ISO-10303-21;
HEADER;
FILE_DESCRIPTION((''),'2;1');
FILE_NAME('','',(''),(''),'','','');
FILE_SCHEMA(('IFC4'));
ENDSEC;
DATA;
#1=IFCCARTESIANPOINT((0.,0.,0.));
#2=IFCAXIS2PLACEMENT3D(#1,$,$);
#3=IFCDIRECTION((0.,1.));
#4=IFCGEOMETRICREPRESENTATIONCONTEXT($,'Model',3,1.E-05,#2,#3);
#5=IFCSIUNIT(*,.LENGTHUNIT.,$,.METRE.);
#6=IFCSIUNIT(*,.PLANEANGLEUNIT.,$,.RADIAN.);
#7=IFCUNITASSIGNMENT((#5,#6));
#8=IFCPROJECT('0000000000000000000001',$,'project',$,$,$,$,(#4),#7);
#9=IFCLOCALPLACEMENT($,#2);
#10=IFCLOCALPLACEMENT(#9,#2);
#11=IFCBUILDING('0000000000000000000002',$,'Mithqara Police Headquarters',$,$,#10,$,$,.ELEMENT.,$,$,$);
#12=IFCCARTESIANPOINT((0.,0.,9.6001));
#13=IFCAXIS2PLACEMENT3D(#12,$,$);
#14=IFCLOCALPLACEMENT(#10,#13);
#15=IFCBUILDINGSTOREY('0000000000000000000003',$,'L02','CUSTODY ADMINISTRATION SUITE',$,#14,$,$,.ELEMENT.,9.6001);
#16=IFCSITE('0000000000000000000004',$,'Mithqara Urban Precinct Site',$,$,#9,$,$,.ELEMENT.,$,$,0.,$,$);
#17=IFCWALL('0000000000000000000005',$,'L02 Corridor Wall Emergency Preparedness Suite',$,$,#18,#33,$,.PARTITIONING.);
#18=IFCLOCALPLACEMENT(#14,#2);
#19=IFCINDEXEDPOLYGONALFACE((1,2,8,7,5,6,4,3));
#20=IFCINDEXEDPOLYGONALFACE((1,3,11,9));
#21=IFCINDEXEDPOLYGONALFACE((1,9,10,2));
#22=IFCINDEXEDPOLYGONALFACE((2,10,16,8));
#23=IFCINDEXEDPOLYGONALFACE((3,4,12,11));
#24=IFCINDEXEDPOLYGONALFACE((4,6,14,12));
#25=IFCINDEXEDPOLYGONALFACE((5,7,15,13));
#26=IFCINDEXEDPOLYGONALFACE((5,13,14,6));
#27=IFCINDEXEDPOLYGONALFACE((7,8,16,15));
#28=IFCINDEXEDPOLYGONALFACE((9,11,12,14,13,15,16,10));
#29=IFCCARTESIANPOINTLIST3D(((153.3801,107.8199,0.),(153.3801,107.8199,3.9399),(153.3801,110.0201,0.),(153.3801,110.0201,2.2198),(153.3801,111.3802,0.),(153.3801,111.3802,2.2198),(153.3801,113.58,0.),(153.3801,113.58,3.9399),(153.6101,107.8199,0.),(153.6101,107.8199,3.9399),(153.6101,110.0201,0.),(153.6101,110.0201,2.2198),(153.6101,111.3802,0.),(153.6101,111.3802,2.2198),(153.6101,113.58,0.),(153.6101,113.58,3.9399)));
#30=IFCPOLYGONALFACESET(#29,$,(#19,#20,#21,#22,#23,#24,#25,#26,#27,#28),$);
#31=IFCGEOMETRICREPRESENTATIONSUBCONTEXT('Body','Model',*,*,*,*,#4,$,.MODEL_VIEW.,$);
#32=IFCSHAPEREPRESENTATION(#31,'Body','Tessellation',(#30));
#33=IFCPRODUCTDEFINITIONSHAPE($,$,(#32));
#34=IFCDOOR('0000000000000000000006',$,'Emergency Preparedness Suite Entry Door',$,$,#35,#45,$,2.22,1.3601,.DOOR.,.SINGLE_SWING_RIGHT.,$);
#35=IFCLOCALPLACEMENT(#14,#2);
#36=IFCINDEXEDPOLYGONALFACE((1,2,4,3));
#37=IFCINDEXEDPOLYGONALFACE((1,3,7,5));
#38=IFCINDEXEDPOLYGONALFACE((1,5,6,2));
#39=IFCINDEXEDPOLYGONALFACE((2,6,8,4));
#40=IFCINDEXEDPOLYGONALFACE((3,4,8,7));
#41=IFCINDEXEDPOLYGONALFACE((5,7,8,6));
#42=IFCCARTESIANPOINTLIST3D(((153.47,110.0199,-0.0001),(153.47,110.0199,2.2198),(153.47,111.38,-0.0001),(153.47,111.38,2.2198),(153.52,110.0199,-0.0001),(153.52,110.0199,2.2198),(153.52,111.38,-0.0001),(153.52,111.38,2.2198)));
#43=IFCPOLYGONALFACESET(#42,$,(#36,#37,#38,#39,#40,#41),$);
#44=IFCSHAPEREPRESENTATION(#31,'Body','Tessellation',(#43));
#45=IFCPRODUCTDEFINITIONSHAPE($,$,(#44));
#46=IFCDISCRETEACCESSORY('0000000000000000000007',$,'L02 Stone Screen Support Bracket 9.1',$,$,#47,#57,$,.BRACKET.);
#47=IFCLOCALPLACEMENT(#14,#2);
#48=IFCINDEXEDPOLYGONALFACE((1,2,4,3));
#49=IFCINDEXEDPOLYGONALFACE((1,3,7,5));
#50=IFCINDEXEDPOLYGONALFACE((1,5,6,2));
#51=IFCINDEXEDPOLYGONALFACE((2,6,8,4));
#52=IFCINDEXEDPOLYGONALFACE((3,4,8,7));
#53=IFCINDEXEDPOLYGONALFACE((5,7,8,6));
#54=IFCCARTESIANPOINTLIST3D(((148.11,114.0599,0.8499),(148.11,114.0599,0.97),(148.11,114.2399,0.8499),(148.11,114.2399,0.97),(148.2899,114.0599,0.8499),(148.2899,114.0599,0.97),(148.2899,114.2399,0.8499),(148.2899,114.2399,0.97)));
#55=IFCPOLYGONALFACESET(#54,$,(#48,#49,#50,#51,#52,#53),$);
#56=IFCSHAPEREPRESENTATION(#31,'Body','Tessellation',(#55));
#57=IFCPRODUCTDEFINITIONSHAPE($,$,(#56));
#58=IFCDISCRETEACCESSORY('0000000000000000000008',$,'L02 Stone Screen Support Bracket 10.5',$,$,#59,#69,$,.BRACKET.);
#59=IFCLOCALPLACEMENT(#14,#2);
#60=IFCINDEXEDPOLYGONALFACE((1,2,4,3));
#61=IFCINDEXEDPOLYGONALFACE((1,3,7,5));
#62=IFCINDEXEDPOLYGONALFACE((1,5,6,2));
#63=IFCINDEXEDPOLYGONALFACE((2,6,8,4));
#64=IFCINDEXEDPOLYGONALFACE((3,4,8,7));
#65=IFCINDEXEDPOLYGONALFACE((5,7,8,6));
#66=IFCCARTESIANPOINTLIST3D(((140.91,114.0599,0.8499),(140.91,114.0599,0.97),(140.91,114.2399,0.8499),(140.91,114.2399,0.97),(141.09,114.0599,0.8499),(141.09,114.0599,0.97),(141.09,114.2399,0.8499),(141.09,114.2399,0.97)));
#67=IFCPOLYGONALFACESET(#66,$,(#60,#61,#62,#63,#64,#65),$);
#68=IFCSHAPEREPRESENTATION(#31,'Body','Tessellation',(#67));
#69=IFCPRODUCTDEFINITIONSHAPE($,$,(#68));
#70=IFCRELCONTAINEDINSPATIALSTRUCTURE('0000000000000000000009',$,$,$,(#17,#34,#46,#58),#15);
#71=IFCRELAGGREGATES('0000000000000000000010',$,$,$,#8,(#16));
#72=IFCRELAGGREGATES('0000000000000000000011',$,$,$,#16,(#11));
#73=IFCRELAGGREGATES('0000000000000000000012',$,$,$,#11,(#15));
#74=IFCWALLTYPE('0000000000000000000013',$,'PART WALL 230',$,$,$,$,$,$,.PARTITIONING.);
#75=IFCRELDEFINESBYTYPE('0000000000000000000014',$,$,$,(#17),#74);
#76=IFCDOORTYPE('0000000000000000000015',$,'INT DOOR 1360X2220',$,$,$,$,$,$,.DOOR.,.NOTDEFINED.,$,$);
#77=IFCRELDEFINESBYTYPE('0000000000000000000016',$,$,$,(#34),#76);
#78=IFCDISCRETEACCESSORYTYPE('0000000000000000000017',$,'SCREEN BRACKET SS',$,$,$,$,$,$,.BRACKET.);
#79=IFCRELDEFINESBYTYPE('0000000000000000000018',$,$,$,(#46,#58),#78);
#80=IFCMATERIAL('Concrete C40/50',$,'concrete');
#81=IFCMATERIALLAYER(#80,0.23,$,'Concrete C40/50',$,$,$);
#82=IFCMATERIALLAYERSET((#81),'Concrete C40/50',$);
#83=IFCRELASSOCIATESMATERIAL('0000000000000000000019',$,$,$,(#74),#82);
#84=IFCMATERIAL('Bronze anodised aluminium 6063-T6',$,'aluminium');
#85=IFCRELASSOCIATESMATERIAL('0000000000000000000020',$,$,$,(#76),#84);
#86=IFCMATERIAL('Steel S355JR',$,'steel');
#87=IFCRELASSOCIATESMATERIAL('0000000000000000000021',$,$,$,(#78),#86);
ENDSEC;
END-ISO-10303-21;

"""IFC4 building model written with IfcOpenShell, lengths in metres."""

from ifc_helpers import new_model, si_unit, direction, frame, frame_2d, origin, origin_2d, place, context, subcontext, project, spatial, rectangle, extrude, material, layer, layer_set, type_object, element, fill, save


model = new_model("IFC4")

# Units and contexts
model_context = context("Model", 3, precision=1e-05, world=origin(), true_north=direction((0.0, 1.0)))
body_context = subcontext(model_context, "Body", "Model", "MODEL_VIEW")
ifc_project = project(units=[si_unit("LENGTHUNIT", "METRE"), si_unit("PLANEANGLEUNIT", "RADIAN")], contexts=[model_context])

# Site, building, storey
site_placement = place(None, origin())
site = spatial("IfcSite", under=ifc_project, at=site_placement, Name="Mithqara Urban Precinct Site", CompositionType="ELEMENT", RefElevation=0.0)
building_placement = place(site_placement, origin())
building = spatial("IfcBuilding", under=site, at=building_placement, Name="Mithqara Police Headquarters", CompositionType="ELEMENT")
storey_placement = place(building_placement, frame((0.0, 0.0, 9.6001)))
storey = spatial("IfcBuildingStorey", under=building, at=storey_placement, Name="L02", Description="CUSTODY ADMINISTRATION SUITE", CompositionType="ELEMENT", Elevation=9.6001)

# Shared definitions
ifc_material_1 = material(Name="Steel S355JR", Category="steel")
ifc_material_2 = material(Name="Concrete C40/50", Category="concrete")

# Shared definitions
ifc_layer_1 = layer(ifc_material_2, 0.23, Name="Concrete C40/50")
ifc_layer_set_1 = layer_set([ifc_layer_1], Name="Concrete C40/50")
wall_type_1 = type_object("IfcWallType", Name="PART WALL 230", PredefinedType="PARTITIONING", material=ifc_layer_set_1)

# Wall, opening, door
wall_1_placement = place(storey_placement, frame((153.4951, 107.8201, 0.0), z_axis=(0.0, 0.0, 1.0), x_axis=(0.0, 1.0, 0.0)))
wall_1 = element("IfcWall", 1, at=wall_1_placement, inside=storey, type_object=wall_type_1, Name="L02 Corridor Wall Emergency Preparedness Suite", PredefinedType="PARTITIONING", context=body_context, shape_type="SweptSolid", body=[
    extrude(rectangle(XDim=5.76, YDim=0.23, at=frame_2d((2.8799, 0.0))), origin(), (0.0, 0.0, 1.0), 3.9399),
])
opening_1_placement = place(wall_1_placement, frame((2.2, 0.0, 0.0)))
opening_1 = element("IfcOpeningElement", 2, at=opening_1_placement, cuts=wall_1, PredefinedType="OPENING", context=body_context, shape_type="SweptSolid", body=[
    extrude(rectangle(XDim=1.3601, YDim=2.22, at=frame_2d((0.6802, 1.1099))), frame((0.0, 0.125, 0.0), z_axis=(0.0, -1.0, 0.0), x_axis=(1.0, 0.0, 0.0)), (0.0, 0.0, 1.0), 0.25),
])
ifc_material_3 = material(Name="Bronze anodised aluminium 6063-T6", Category="aluminium")
door_type = type_object("IfcDoorType", Name="INT DOOR 1360X2220", OperationType="NOTDEFINED", PredefinedType="DOOR", material=ifc_material_3)
door_placement = place(opening_1_placement, frame((1.3601, 0.0, 0.0), z_axis=(0.0, 0.0, 1.0), x_axis=(-1.0, 0.0, 0.0)))
door = element("IfcDoor", 3, at=door_placement, inside=storey, type_object=door_type, Name="Emergency Preparedness Suite Entry Door", OperationType="SINGLE_SWING_RIGHT", OverallHeight=2.22, OverallWidth=1.3601, PredefinedType="DOOR", context=body_context, shape_type="SweptSolid", body=[
    extrude(rectangle(XDim=1.3601, YDim=2.22, at=frame_2d((0.6802, 1.1099))), frame((0.0, 0.0249, 0.0), z_axis=(0.0, -1.0, 0.0), x_axis=(1.0, 0.0, 0.0)), (0.0, 0.0, 1.0), 0.05),
])
fill(opening_1, door)

# Discrete accessories
discrete_accessory_type = type_object("IfcDiscreteAccessoryType", Name="SCREEN BRACKET SS", PredefinedType="BRACKET", material=ifc_material_1)
for number, where, z_axis, x_axis, name in (
    (4, (148.2, 114.1499, 0.8499), (0.0, 0.0, 1.0), (1.0, 0.0, 0.0), "L02 Stone Screen Support Bracket 9.1"),
    (5, (141.0, 114.1499, 0.8499), (0.0, 0.0, 1.0), (1.0, 0.0, 0.0), "L02 Stone Screen Support Bracket 10.5"),
):
    element("IfcDiscreteAccessory", number, at=place(storey_placement, frame(where, z_axis=z_axis, x_axis=x_axis)), inside=storey, type_object=discrete_accessory_type, Name=name, PredefinedType="BRACKET", context=body_context, shape_type="SweptSolid", body=[
        extrude(rectangle(XDim=0.1799, YDim=0.1799, at=origin_2d()), origin(), (0.0, 0.0, 1.0), 0.1201),
    ])

save(model, "model.ifc")
